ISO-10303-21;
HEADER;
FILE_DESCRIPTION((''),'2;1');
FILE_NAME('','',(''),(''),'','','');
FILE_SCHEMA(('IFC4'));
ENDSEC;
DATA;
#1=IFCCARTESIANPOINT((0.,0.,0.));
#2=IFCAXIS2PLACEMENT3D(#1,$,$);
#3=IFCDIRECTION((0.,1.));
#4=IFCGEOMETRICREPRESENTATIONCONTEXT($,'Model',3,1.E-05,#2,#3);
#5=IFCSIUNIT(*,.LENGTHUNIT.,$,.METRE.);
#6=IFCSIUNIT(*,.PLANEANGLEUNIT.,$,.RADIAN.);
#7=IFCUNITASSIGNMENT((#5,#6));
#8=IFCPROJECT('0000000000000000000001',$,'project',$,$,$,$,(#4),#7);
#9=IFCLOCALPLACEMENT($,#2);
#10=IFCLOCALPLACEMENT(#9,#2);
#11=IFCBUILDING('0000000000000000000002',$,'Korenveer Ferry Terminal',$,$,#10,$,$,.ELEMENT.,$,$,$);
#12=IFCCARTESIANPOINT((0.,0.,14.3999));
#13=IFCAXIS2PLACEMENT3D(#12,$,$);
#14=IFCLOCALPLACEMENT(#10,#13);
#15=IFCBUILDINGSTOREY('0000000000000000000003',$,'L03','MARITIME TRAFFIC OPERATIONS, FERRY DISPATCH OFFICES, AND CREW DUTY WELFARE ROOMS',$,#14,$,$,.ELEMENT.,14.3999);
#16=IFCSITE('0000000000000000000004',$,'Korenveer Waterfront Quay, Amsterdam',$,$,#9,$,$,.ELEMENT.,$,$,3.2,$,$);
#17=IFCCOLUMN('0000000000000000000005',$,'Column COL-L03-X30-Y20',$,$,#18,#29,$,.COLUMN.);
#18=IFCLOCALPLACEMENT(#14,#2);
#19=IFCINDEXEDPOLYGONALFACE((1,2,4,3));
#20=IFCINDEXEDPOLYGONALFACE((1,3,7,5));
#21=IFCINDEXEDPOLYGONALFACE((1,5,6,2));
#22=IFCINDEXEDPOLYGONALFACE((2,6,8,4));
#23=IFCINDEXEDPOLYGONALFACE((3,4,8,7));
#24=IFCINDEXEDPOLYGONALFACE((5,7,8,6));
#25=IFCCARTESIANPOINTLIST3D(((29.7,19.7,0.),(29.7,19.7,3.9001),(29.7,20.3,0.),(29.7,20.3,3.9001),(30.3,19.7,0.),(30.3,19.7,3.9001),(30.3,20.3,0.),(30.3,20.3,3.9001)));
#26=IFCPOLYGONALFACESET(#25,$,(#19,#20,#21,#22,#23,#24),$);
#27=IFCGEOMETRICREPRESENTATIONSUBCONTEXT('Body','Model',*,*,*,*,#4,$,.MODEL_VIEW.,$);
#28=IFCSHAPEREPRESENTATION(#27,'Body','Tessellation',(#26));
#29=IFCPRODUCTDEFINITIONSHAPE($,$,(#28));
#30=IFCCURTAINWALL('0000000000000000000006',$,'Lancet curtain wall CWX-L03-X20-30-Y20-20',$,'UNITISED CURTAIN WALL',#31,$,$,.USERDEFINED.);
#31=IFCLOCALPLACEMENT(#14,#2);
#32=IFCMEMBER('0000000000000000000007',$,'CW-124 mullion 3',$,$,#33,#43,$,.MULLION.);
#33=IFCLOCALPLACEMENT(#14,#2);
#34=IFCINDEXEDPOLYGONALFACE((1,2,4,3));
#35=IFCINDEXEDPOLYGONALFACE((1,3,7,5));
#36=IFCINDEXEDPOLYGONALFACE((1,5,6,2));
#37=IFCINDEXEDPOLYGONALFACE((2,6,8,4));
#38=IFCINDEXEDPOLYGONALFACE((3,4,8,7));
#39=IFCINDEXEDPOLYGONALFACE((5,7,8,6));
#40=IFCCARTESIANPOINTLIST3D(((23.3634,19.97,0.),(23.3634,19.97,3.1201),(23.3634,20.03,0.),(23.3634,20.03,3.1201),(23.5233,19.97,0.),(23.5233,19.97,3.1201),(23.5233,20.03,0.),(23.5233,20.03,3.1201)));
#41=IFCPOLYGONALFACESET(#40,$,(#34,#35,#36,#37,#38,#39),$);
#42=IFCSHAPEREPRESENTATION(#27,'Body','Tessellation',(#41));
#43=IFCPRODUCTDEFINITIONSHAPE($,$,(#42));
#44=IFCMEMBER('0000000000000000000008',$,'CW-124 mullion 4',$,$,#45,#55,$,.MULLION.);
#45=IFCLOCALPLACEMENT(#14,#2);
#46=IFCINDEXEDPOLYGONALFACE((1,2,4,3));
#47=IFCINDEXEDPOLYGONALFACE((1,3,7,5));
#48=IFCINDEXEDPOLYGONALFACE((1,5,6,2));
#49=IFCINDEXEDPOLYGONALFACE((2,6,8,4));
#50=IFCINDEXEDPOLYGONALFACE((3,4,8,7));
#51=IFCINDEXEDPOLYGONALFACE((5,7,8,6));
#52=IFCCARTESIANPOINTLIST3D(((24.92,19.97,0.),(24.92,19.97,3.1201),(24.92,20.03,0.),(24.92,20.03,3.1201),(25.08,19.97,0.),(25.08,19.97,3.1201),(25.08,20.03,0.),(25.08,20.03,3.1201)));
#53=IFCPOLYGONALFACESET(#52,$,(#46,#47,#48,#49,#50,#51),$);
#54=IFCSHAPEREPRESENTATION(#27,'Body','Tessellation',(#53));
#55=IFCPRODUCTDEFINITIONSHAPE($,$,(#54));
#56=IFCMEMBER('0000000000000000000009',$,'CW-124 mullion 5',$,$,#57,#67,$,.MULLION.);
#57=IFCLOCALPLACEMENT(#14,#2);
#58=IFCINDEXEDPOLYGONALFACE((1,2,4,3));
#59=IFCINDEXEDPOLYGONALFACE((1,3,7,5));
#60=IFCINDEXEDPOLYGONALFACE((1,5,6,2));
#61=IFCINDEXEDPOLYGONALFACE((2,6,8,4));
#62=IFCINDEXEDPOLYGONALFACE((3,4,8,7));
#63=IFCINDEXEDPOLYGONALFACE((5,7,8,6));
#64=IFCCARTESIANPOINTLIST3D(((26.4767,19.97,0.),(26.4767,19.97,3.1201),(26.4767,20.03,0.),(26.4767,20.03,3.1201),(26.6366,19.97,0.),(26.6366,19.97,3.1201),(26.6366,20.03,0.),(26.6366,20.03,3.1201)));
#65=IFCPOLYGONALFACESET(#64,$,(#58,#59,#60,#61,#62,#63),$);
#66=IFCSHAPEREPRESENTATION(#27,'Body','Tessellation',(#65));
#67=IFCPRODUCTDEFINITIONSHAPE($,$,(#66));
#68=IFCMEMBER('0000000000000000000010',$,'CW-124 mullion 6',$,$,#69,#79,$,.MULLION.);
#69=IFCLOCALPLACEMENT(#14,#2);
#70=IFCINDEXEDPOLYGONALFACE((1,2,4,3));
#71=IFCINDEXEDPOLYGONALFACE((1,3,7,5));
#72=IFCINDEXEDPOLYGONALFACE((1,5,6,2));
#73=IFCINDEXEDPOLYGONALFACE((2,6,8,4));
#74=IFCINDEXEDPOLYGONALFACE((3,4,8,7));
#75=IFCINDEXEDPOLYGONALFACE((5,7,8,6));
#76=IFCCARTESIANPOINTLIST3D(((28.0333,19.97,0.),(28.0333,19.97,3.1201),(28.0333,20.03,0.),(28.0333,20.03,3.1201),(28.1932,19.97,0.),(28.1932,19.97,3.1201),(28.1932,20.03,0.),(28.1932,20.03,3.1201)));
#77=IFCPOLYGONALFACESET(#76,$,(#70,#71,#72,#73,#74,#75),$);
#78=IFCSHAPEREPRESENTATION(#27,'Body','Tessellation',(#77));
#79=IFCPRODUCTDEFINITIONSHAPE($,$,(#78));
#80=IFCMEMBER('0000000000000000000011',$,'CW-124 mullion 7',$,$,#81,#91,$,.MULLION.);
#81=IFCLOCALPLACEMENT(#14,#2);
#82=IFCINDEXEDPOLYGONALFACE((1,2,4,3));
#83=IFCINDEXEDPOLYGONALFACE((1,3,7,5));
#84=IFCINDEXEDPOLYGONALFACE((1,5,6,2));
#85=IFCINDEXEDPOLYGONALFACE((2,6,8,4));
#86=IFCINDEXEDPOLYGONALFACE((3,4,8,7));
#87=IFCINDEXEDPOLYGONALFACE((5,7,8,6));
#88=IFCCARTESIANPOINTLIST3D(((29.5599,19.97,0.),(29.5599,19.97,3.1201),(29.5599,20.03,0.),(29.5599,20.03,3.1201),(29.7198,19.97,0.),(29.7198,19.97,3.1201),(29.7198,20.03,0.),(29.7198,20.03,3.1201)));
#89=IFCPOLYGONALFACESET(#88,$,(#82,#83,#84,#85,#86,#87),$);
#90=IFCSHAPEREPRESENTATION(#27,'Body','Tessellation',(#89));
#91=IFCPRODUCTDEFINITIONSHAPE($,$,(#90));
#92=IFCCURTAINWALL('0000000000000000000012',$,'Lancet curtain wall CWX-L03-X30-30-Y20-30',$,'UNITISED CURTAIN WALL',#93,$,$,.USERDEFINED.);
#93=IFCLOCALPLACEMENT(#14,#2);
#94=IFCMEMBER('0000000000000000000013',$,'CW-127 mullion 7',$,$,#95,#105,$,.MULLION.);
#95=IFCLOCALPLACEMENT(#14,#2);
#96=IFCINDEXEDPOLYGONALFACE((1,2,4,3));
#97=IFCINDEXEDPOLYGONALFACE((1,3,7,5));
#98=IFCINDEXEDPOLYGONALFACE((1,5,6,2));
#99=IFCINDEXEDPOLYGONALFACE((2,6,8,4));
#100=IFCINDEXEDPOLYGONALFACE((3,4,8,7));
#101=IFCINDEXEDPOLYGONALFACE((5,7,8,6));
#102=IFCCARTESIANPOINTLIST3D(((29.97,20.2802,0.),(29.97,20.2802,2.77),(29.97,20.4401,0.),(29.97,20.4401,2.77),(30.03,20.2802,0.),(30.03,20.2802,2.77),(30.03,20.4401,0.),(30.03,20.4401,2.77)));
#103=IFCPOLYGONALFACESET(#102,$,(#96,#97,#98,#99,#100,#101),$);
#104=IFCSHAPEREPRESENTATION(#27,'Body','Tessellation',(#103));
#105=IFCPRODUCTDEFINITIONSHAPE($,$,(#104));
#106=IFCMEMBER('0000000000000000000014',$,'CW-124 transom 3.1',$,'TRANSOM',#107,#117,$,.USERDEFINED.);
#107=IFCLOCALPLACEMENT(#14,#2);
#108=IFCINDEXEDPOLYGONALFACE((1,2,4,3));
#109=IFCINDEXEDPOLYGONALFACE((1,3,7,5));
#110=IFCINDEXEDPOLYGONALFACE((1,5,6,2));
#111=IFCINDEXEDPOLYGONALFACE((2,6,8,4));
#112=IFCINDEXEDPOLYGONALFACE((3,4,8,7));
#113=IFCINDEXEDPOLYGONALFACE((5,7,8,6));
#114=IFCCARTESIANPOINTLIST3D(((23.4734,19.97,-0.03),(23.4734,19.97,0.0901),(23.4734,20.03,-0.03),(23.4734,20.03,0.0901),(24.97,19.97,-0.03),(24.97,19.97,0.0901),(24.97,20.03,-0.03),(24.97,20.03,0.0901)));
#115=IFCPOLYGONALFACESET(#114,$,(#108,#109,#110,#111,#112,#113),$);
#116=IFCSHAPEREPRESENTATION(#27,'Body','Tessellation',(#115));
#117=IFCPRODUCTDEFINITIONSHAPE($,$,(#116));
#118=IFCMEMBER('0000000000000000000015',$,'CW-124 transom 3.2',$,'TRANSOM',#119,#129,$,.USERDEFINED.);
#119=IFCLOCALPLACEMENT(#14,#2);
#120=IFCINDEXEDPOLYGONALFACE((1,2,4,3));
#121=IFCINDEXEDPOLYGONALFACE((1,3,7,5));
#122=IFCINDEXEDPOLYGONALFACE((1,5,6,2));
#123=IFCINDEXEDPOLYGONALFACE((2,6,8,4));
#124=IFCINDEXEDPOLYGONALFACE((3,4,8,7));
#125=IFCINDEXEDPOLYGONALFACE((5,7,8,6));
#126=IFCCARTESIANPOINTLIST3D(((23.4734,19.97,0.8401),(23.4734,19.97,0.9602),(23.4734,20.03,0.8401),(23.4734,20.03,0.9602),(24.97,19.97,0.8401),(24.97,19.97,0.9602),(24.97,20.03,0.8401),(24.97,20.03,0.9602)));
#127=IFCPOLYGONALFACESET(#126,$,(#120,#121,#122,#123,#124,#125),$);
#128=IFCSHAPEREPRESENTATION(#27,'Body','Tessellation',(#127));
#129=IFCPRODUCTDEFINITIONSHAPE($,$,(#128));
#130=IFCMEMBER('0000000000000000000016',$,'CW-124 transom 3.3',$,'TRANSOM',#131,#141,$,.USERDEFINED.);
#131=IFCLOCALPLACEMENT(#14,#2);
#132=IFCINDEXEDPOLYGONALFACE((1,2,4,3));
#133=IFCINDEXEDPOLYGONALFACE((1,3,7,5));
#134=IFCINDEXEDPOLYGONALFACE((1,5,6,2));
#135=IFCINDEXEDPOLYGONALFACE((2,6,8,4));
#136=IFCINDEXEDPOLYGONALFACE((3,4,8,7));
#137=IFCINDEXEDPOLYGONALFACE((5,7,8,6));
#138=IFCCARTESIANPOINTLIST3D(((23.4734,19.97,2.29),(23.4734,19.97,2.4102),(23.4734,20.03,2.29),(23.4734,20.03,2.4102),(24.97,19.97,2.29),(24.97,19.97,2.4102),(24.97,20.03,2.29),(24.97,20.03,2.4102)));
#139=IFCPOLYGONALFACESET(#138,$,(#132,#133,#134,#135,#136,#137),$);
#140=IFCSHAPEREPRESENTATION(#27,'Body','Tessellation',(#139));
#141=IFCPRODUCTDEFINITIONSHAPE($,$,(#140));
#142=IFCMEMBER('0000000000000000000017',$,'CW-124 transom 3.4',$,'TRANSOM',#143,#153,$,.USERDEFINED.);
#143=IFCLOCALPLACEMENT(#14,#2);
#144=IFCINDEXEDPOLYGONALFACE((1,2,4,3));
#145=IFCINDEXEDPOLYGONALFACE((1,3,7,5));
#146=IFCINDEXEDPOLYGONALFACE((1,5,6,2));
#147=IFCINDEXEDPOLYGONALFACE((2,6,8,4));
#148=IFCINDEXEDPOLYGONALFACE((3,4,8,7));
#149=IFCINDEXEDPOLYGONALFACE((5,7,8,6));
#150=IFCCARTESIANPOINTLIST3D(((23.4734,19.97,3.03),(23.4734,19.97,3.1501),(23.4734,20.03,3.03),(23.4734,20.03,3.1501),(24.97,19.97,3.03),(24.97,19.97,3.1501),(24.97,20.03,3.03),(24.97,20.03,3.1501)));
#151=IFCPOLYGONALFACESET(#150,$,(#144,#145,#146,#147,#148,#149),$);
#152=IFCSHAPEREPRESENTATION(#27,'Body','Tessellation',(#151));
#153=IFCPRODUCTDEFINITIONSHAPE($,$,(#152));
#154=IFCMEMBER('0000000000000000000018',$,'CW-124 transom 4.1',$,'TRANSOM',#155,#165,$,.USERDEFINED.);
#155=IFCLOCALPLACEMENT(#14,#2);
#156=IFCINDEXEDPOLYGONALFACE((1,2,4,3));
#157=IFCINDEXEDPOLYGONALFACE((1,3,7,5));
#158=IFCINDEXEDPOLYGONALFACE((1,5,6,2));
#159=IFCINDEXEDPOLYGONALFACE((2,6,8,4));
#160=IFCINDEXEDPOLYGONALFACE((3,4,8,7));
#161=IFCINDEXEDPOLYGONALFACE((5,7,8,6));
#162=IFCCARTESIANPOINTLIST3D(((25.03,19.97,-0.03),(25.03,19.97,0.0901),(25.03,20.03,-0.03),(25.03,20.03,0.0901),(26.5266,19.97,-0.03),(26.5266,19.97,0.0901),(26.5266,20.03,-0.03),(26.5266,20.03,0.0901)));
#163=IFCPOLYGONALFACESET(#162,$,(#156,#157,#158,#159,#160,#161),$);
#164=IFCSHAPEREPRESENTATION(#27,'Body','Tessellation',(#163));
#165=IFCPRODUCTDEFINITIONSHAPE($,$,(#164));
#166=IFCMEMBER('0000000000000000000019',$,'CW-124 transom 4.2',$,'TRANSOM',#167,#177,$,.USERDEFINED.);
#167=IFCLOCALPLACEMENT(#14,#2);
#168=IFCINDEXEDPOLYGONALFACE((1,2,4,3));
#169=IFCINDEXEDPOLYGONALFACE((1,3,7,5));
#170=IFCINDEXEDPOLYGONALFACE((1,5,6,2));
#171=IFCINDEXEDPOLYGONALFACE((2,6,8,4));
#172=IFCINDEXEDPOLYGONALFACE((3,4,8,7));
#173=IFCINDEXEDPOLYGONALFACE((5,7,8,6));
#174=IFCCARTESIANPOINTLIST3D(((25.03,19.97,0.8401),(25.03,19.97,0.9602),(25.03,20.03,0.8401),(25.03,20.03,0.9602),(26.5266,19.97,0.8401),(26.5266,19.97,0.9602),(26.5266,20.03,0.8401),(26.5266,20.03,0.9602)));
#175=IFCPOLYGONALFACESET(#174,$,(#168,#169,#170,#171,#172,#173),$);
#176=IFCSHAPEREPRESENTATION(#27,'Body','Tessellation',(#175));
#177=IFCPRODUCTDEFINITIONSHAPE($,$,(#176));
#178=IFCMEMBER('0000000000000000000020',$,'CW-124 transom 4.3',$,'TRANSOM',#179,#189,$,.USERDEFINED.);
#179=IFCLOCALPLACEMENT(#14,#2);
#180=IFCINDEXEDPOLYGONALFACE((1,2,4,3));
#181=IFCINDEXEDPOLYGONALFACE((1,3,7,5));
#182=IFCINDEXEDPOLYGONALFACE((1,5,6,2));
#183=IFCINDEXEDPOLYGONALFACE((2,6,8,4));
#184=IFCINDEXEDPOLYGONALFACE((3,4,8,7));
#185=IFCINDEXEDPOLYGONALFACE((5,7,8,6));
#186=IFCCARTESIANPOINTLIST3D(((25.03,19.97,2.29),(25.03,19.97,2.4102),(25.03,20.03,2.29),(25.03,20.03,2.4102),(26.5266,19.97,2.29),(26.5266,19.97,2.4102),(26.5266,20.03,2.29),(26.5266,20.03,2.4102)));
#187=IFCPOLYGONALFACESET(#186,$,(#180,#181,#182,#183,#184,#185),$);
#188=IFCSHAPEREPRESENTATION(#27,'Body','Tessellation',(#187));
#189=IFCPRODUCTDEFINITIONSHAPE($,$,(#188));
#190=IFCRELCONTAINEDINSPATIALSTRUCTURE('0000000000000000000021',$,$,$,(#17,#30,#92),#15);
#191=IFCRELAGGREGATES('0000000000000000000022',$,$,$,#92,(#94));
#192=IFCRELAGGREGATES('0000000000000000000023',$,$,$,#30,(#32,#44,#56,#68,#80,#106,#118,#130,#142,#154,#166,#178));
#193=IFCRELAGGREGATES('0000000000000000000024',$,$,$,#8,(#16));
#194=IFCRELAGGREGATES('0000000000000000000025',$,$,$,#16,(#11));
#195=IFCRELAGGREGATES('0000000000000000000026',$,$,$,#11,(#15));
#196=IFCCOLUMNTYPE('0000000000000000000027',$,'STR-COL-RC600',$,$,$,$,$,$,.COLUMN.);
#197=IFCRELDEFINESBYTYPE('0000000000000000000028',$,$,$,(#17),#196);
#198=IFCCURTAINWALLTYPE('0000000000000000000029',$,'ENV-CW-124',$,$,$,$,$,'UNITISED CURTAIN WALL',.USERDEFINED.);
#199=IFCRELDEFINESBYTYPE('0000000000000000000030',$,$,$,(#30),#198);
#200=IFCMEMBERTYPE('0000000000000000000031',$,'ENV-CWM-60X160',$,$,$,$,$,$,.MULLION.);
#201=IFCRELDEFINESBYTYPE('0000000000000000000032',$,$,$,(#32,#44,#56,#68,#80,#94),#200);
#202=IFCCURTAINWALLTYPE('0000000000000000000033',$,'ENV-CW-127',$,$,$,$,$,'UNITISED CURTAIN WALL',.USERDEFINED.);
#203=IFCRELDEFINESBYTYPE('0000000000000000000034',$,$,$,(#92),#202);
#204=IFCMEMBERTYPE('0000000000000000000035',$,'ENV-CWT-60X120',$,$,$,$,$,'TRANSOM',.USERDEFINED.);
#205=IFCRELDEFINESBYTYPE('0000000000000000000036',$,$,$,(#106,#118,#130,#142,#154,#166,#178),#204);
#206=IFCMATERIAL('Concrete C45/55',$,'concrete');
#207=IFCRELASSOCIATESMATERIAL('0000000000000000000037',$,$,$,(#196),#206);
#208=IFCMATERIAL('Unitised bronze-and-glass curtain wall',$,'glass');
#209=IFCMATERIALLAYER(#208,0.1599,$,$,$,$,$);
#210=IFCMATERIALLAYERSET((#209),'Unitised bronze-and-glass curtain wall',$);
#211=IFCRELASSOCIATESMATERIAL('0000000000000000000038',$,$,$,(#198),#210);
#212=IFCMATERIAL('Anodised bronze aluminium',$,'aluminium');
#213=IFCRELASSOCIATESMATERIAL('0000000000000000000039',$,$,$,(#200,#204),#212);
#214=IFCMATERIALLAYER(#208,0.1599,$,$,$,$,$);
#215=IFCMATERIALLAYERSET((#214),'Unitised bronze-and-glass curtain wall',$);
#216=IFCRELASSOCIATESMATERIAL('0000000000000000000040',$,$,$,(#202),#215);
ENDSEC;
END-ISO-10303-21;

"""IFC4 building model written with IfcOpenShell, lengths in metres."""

from ifc_helpers import new_model, si_unit, direction, frame, origin, origin_2d, place, context, subcontext, project, spatial, rectangle, extrude, material, layer, layer_set, material_profile, profile_set, type_object, element, aggregate, save


model = new_model("IFC4")

# Units and contexts
model_context = context("Model", 3, precision=1e-05, world=origin(), true_north=direction((0.0, 1.0)))
body_context = subcontext(model_context, "Body", "Model", "MODEL_VIEW")
ifc_project = project(units=[si_unit("LENGTHUNIT", "METRE"), si_unit("PLANEANGLEUNIT", "RADIAN")], contexts=[model_context])

# Site, building, storey
site_placement = place(None, origin())
site = spatial("IfcSite", under=ifc_project, at=site_placement, Name="Korenveer Waterfront Quay, Amsterdam", CompositionType="ELEMENT", RefElevation=3.2)
building_placement = place(site_placement, origin())
building = spatial("IfcBuilding", under=site, at=building_placement, Name="Korenveer Ferry Terminal", CompositionType="ELEMENT")
storey_placement = place(building_placement, frame((0.0, 0.0, 14.3999)))
storey = spatial("IfcBuildingStorey", under=building, at=storey_placement, Name="L03", Description="MARITIME TRAFFIC OPERATIONS, FERRY DISPATCH OFFICES, AND CREW DUTY WELFARE ROOMS", CompositionType="ELEMENT", Elevation=14.3999)

# Column
ifc_material_1 = material(Name="Concrete C45/55", Category="concrete")
ifc_material_profile_1 = material_profile(ifc_material_1, rectangle(XDim=0.6001, YDim=0.6001, at=origin_2d()), Name="RC 600x600")
ifc_profile_set_1 = profile_set([ifc_material_profile_1], Name="Concrete C45/55")
column_type = type_object("IfcColumnType", Name="STR-COL-RC600", PredefinedType="COLUMN", material=ifc_profile_set_1)
column_placement = place(storey_placement, frame((30.0, 20.0, 0.0), z_axis=(0.0, 0.0, 1.0), x_axis=(1.0, 0.0, 0.0)))
element("IfcColumn", 1, at=column_placement, inside=storey, type_object=column_type, Name="Column COL-L03-X30-Y20", PredefinedType="COLUMN", context=body_context, shape_type="SweptSolid", body=[
    extrude(rectangle(XDim=0.6001, YDim=0.6001, at=origin_2d()), origin(), (0.0, 0.0, 1.0), 3.9001),
])

# Curtain wall, members
ifc_material_2 = material(Name="Unitised bronze-and-glass curtain wall", Category="glass")
ifc_layer_1 = layer(ifc_material_2, 0.1599)
ifc_layer_set_1 = layer_set([ifc_layer_1], Name="Unitised bronze-and-glass curtain wall")
curtain_wall_type_1 = type_object("IfcCurtainWallType", Name="ENV-CW-124", ElementType="UNITISED CURTAIN WALL", PredefinedType="USERDEFINED", material=ifc_layer_set_1)
curtain_wall_1_placement = place(storey_placement, frame((20.3301, 20.0, 0.0)))
curtain_wall_1 = element("IfcCurtainWall", 2, at=curtain_wall_1_placement, inside=storey, type_object=curtain_wall_type_1, Name="Lancet curtain wall CWX-L03-X20-30-Y20-20", ObjectType="UNITISED CURTAIN WALL", PredefinedType="USERDEFINED")
ifc_material_3 = material(Name="Anodised bronze aluminium", Category="aluminium")
ifc_material_profile_2 = material_profile(ifc_material_3, rectangle(XDim=0.0601, YDim=0.1599, at=origin_2d()), Name="ALU 60x160")
ifc_profile_set_2 = profile_set([ifc_material_profile_2], Name="Anodised bronze aluminium")
member_type_1 = type_object("IfcMemberType", Name="ENV-CWM-60X160", PredefinedType="MULLION", material=ifc_profile_set_2)
member_1_placement = place(storey_placement, frame((23.4434, 20.0, 0.0), z_axis=(0.0, 0.0, 1.0), x_axis=(0.0, 1.0, 0.0)))
member_1 = element("IfcMember", 3, at=member_1_placement, type_object=member_type_1, Name="CW-124 mullion 3", PredefinedType="MULLION", context=body_context, shape_type="SweptSolid", body=[
    extrude(rectangle(XDim=0.0601, YDim=0.1599, at=origin_2d()), origin(), (0.0, 0.0, 1.0), 3.1201),
])
member_2_placement = place(storey_placement, frame((25.0, 20.0, 0.0), z_axis=(0.0, 0.0, 1.0), x_axis=(0.0, 1.0, 0.0)))
member_2 = element("IfcMember", 4, at=member_2_placement, type_object=member_type_1, Name="CW-124 mullion 4", PredefinedType="MULLION", context=body_context, shape_type="SweptSolid", body=[
    extrude(rectangle(XDim=0.0601, YDim=0.1599, at=origin_2d()), origin(), (0.0, 0.0, 1.0), 3.1201),
])
member_3_placement = place(storey_placement, frame((26.5566, 20.0, 0.0), z_axis=(0.0, 0.0, 1.0), x_axis=(0.0, 1.0, 0.0)))
member_3 = element("IfcMember", 5, at=member_3_placement, type_object=member_type_1, Name="CW-124 mullion 5", PredefinedType="MULLION", context=body_context, shape_type="SweptSolid", body=[
    extrude(rectangle(XDim=0.0601, YDim=0.1599, at=origin_2d()), origin(), (0.0, 0.0, 1.0), 3.1201),
])
member_4_placement = place(storey_placement, frame((28.1133, 20.0, 0.0), z_axis=(0.0, 0.0, 1.0), x_axis=(0.0, 1.0, 0.0)))
member_4 = element("IfcMember", 6, at=member_4_placement, type_object=member_type_1, Name="CW-124 mullion 6", PredefinedType="MULLION", context=body_context, shape_type="SweptSolid", body=[
    extrude(rectangle(XDim=0.0601, YDim=0.1599, at=origin_2d()), origin(), (0.0, 0.0, 1.0), 3.1201),
])
member_5_placement = place(storey_placement, frame((29.6399, 20.0, 0.0), z_axis=(0.0, 0.0, 1.0), x_axis=(0.0, 1.0, 0.0)))
member_5 = element("IfcMember", 7, at=member_5_placement, type_object=member_type_1, Name="CW-124 mullion 7", PredefinedType="MULLION", context=body_context, shape_type="SweptSolid", body=[
    extrude(rectangle(XDim=0.0601, YDim=0.1599, at=origin_2d()), origin(), (0.0, 0.0, 1.0), 3.1201),
])

# Curtain wall, member
ifc_layer_2 = layer(ifc_material_2, 0.1599)
ifc_layer_set_2 = layer_set([ifc_layer_2], Name="Unitised bronze-and-glass curtain wall")
curtain_wall_type_2 = type_object("IfcCurtainWallType", Name="ENV-CW-127", ElementType="UNITISED CURTAIN WALL", PredefinedType="USERDEFINED", material=ifc_layer_set_2)
curtain_wall_2_placement = place(storey_placement, frame((30.0, 29.6699, 0.0)))
curtain_wall_2 = element("IfcCurtainWall", 8, at=curtain_wall_2_placement, inside=storey, type_object=curtain_wall_type_2, Name="Lancet curtain wall CWX-L03-X30-30-Y20-30", ObjectType="UNITISED CURTAIN WALL", PredefinedType="USERDEFINED")
member_6_placement = place(storey_placement, frame((30.0, 20.3601, 0.0), z_axis=(0.0, 0.0, 1.0), x_axis=(1.0, 0.0, 0.0)))
member_6 = element("IfcMember", 9, at=member_6_placement, type_object=member_type_1, Name="CW-127 mullion 7", PredefinedType="MULLION", context=body_context, shape_type="SweptSolid", body=[
    extrude(rectangle(XDim=0.0601, YDim=0.1599, at=origin_2d()), origin(), (0.0, 0.0, 1.0), 2.77),
])
aggregate(curtain_wall_2, [member_6])

# Members
ifc_material_profile_3 = material_profile(ifc_material_3, rectangle(XDim=0.0601, YDim=0.1201, at=origin_2d()), Name="ALU 60x120")
ifc_profile_set_3 = profile_set([ifc_material_profile_3], Name="Anodised bronze aluminium")
member_type_2 = type_object("IfcMemberType", Name="ENV-CWT-60X120", ElementType="TRANSOM", PredefinedType="USERDEFINED", material=ifc_profile_set_3)
member_7_placement = place(storey_placement, frame((23.4734, 20.0, 0.03), z_axis=(1.0, 0.0, 0.0), x_axis=(0.0, 1.0, 0.0)))
member_7 = element("IfcMember", 10, at=member_7_placement, type_object=member_type_2, Name="CW-124 transom 3.1", ObjectType="TRANSOM", PredefinedType="USERDEFINED", context=body_context, shape_type="SweptSolid", body=[
    extrude(rectangle(XDim=0.0601, YDim=0.1201, at=origin_2d()), origin(), (0.0, 0.0, 1.0), 1.4966),
])
member_8_placement = place(storey_placement, frame((23.4734, 20.0, 0.9001), z_axis=(1.0, 0.0, 0.0), x_axis=(0.0, 1.0, 0.0)))
member_8 = element("IfcMember", 11, at=member_8_placement, type_object=member_type_2, Name="CW-124 transom 3.2", ObjectType="TRANSOM", PredefinedType="USERDEFINED", context=body_context, shape_type="SweptSolid", body=[
    extrude(rectangle(XDim=0.0601, YDim=0.1201, at=origin_2d()), origin(), (0.0, 0.0, 1.0), 1.4966),
])
member_9_placement = place(storey_placement, frame((23.4734, 20.0, 2.3501), z_axis=(1.0, 0.0, 0.0), x_axis=(0.0, 1.0, 0.0)))
member_9 = element("IfcMember", 12, at=member_9_placement, type_object=member_type_2, Name="CW-124 transom 3.3", ObjectType="TRANSOM", PredefinedType="USERDEFINED", context=body_context, shape_type="SweptSolid", body=[
    extrude(rectangle(XDim=0.0601, YDim=0.1201, at=origin_2d()), origin(), (0.0, 0.0, 1.0), 1.4966),
])
member_10_placement = place(storey_placement, frame((23.4734, 20.0, 3.0901), z_axis=(1.0, 0.0, 0.0), x_axis=(0.0, 1.0, 0.0)))
member_10 = element("IfcMember", 13, at=member_10_placement, type_object=member_type_2, Name="CW-124 transom 3.4", ObjectType="TRANSOM", PredefinedType="USERDEFINED", context=body_context, shape_type="SweptSolid", body=[
    extrude(rectangle(XDim=0.0601, YDim=0.1201, at=origin_2d()), origin(), (0.0, 0.0, 1.0), 1.4966),
])
member_11_placement = place(storey_placement, frame((25.03, 20.0, 0.03), z_axis=(1.0, 0.0, 0.0), x_axis=(0.0, 1.0, 0.0)))
member_11 = element("IfcMember", 14, at=member_11_placement, type_object=member_type_2, Name="CW-124 transom 4.1", ObjectType="TRANSOM", PredefinedType="USERDEFINED", context=body_context, shape_type="SweptSolid", body=[
    extrude(rectangle(XDim=0.0601, YDim=0.1201, at=origin_2d()), origin(), (0.0, 0.0, 1.0), 1.4966),
])
member_12_placement = place(storey_placement, frame((25.03, 20.0, 0.9001), z_axis=(1.0, 0.0, 0.0), x_axis=(0.0, 1.0, 0.0)))
member_12 = element("IfcMember", 15, at=member_12_placement, type_object=member_type_2, Name="CW-124 transom 4.2", ObjectType="TRANSOM", PredefinedType="USERDEFINED", context=body_context, shape_type="SweptSolid", body=[
    extrude(rectangle(XDim=0.0601, YDim=0.1201, at=origin_2d()), origin(), (0.0, 0.0, 1.0), 1.4966),
])
member_13_placement = place(storey_placement, frame((25.03, 20.0, 2.3501), z_axis=(1.0, 0.0, 0.0), x_axis=(0.0, 1.0, 0.0)))
member_13 = element("IfcMember", 16, at=member_13_placement, type_object=member_type_2, Name="CW-124 transom 4.3", ObjectType="TRANSOM", PredefinedType="USERDEFINED", context=body_context, shape_type="SweptSolid", body=[
    extrude(rectangle(XDim=0.0601, YDim=0.1201, at=origin_2d()), origin(), (0.0, 0.0, 1.0), 1.4966),
])

aggregate(curtain_wall_1, [member_1, member_2, member_3, member_4, member_5, member_7, member_8, member_9, member_10, member_11, member_12, member_13])

save(model, "model.ifc")
